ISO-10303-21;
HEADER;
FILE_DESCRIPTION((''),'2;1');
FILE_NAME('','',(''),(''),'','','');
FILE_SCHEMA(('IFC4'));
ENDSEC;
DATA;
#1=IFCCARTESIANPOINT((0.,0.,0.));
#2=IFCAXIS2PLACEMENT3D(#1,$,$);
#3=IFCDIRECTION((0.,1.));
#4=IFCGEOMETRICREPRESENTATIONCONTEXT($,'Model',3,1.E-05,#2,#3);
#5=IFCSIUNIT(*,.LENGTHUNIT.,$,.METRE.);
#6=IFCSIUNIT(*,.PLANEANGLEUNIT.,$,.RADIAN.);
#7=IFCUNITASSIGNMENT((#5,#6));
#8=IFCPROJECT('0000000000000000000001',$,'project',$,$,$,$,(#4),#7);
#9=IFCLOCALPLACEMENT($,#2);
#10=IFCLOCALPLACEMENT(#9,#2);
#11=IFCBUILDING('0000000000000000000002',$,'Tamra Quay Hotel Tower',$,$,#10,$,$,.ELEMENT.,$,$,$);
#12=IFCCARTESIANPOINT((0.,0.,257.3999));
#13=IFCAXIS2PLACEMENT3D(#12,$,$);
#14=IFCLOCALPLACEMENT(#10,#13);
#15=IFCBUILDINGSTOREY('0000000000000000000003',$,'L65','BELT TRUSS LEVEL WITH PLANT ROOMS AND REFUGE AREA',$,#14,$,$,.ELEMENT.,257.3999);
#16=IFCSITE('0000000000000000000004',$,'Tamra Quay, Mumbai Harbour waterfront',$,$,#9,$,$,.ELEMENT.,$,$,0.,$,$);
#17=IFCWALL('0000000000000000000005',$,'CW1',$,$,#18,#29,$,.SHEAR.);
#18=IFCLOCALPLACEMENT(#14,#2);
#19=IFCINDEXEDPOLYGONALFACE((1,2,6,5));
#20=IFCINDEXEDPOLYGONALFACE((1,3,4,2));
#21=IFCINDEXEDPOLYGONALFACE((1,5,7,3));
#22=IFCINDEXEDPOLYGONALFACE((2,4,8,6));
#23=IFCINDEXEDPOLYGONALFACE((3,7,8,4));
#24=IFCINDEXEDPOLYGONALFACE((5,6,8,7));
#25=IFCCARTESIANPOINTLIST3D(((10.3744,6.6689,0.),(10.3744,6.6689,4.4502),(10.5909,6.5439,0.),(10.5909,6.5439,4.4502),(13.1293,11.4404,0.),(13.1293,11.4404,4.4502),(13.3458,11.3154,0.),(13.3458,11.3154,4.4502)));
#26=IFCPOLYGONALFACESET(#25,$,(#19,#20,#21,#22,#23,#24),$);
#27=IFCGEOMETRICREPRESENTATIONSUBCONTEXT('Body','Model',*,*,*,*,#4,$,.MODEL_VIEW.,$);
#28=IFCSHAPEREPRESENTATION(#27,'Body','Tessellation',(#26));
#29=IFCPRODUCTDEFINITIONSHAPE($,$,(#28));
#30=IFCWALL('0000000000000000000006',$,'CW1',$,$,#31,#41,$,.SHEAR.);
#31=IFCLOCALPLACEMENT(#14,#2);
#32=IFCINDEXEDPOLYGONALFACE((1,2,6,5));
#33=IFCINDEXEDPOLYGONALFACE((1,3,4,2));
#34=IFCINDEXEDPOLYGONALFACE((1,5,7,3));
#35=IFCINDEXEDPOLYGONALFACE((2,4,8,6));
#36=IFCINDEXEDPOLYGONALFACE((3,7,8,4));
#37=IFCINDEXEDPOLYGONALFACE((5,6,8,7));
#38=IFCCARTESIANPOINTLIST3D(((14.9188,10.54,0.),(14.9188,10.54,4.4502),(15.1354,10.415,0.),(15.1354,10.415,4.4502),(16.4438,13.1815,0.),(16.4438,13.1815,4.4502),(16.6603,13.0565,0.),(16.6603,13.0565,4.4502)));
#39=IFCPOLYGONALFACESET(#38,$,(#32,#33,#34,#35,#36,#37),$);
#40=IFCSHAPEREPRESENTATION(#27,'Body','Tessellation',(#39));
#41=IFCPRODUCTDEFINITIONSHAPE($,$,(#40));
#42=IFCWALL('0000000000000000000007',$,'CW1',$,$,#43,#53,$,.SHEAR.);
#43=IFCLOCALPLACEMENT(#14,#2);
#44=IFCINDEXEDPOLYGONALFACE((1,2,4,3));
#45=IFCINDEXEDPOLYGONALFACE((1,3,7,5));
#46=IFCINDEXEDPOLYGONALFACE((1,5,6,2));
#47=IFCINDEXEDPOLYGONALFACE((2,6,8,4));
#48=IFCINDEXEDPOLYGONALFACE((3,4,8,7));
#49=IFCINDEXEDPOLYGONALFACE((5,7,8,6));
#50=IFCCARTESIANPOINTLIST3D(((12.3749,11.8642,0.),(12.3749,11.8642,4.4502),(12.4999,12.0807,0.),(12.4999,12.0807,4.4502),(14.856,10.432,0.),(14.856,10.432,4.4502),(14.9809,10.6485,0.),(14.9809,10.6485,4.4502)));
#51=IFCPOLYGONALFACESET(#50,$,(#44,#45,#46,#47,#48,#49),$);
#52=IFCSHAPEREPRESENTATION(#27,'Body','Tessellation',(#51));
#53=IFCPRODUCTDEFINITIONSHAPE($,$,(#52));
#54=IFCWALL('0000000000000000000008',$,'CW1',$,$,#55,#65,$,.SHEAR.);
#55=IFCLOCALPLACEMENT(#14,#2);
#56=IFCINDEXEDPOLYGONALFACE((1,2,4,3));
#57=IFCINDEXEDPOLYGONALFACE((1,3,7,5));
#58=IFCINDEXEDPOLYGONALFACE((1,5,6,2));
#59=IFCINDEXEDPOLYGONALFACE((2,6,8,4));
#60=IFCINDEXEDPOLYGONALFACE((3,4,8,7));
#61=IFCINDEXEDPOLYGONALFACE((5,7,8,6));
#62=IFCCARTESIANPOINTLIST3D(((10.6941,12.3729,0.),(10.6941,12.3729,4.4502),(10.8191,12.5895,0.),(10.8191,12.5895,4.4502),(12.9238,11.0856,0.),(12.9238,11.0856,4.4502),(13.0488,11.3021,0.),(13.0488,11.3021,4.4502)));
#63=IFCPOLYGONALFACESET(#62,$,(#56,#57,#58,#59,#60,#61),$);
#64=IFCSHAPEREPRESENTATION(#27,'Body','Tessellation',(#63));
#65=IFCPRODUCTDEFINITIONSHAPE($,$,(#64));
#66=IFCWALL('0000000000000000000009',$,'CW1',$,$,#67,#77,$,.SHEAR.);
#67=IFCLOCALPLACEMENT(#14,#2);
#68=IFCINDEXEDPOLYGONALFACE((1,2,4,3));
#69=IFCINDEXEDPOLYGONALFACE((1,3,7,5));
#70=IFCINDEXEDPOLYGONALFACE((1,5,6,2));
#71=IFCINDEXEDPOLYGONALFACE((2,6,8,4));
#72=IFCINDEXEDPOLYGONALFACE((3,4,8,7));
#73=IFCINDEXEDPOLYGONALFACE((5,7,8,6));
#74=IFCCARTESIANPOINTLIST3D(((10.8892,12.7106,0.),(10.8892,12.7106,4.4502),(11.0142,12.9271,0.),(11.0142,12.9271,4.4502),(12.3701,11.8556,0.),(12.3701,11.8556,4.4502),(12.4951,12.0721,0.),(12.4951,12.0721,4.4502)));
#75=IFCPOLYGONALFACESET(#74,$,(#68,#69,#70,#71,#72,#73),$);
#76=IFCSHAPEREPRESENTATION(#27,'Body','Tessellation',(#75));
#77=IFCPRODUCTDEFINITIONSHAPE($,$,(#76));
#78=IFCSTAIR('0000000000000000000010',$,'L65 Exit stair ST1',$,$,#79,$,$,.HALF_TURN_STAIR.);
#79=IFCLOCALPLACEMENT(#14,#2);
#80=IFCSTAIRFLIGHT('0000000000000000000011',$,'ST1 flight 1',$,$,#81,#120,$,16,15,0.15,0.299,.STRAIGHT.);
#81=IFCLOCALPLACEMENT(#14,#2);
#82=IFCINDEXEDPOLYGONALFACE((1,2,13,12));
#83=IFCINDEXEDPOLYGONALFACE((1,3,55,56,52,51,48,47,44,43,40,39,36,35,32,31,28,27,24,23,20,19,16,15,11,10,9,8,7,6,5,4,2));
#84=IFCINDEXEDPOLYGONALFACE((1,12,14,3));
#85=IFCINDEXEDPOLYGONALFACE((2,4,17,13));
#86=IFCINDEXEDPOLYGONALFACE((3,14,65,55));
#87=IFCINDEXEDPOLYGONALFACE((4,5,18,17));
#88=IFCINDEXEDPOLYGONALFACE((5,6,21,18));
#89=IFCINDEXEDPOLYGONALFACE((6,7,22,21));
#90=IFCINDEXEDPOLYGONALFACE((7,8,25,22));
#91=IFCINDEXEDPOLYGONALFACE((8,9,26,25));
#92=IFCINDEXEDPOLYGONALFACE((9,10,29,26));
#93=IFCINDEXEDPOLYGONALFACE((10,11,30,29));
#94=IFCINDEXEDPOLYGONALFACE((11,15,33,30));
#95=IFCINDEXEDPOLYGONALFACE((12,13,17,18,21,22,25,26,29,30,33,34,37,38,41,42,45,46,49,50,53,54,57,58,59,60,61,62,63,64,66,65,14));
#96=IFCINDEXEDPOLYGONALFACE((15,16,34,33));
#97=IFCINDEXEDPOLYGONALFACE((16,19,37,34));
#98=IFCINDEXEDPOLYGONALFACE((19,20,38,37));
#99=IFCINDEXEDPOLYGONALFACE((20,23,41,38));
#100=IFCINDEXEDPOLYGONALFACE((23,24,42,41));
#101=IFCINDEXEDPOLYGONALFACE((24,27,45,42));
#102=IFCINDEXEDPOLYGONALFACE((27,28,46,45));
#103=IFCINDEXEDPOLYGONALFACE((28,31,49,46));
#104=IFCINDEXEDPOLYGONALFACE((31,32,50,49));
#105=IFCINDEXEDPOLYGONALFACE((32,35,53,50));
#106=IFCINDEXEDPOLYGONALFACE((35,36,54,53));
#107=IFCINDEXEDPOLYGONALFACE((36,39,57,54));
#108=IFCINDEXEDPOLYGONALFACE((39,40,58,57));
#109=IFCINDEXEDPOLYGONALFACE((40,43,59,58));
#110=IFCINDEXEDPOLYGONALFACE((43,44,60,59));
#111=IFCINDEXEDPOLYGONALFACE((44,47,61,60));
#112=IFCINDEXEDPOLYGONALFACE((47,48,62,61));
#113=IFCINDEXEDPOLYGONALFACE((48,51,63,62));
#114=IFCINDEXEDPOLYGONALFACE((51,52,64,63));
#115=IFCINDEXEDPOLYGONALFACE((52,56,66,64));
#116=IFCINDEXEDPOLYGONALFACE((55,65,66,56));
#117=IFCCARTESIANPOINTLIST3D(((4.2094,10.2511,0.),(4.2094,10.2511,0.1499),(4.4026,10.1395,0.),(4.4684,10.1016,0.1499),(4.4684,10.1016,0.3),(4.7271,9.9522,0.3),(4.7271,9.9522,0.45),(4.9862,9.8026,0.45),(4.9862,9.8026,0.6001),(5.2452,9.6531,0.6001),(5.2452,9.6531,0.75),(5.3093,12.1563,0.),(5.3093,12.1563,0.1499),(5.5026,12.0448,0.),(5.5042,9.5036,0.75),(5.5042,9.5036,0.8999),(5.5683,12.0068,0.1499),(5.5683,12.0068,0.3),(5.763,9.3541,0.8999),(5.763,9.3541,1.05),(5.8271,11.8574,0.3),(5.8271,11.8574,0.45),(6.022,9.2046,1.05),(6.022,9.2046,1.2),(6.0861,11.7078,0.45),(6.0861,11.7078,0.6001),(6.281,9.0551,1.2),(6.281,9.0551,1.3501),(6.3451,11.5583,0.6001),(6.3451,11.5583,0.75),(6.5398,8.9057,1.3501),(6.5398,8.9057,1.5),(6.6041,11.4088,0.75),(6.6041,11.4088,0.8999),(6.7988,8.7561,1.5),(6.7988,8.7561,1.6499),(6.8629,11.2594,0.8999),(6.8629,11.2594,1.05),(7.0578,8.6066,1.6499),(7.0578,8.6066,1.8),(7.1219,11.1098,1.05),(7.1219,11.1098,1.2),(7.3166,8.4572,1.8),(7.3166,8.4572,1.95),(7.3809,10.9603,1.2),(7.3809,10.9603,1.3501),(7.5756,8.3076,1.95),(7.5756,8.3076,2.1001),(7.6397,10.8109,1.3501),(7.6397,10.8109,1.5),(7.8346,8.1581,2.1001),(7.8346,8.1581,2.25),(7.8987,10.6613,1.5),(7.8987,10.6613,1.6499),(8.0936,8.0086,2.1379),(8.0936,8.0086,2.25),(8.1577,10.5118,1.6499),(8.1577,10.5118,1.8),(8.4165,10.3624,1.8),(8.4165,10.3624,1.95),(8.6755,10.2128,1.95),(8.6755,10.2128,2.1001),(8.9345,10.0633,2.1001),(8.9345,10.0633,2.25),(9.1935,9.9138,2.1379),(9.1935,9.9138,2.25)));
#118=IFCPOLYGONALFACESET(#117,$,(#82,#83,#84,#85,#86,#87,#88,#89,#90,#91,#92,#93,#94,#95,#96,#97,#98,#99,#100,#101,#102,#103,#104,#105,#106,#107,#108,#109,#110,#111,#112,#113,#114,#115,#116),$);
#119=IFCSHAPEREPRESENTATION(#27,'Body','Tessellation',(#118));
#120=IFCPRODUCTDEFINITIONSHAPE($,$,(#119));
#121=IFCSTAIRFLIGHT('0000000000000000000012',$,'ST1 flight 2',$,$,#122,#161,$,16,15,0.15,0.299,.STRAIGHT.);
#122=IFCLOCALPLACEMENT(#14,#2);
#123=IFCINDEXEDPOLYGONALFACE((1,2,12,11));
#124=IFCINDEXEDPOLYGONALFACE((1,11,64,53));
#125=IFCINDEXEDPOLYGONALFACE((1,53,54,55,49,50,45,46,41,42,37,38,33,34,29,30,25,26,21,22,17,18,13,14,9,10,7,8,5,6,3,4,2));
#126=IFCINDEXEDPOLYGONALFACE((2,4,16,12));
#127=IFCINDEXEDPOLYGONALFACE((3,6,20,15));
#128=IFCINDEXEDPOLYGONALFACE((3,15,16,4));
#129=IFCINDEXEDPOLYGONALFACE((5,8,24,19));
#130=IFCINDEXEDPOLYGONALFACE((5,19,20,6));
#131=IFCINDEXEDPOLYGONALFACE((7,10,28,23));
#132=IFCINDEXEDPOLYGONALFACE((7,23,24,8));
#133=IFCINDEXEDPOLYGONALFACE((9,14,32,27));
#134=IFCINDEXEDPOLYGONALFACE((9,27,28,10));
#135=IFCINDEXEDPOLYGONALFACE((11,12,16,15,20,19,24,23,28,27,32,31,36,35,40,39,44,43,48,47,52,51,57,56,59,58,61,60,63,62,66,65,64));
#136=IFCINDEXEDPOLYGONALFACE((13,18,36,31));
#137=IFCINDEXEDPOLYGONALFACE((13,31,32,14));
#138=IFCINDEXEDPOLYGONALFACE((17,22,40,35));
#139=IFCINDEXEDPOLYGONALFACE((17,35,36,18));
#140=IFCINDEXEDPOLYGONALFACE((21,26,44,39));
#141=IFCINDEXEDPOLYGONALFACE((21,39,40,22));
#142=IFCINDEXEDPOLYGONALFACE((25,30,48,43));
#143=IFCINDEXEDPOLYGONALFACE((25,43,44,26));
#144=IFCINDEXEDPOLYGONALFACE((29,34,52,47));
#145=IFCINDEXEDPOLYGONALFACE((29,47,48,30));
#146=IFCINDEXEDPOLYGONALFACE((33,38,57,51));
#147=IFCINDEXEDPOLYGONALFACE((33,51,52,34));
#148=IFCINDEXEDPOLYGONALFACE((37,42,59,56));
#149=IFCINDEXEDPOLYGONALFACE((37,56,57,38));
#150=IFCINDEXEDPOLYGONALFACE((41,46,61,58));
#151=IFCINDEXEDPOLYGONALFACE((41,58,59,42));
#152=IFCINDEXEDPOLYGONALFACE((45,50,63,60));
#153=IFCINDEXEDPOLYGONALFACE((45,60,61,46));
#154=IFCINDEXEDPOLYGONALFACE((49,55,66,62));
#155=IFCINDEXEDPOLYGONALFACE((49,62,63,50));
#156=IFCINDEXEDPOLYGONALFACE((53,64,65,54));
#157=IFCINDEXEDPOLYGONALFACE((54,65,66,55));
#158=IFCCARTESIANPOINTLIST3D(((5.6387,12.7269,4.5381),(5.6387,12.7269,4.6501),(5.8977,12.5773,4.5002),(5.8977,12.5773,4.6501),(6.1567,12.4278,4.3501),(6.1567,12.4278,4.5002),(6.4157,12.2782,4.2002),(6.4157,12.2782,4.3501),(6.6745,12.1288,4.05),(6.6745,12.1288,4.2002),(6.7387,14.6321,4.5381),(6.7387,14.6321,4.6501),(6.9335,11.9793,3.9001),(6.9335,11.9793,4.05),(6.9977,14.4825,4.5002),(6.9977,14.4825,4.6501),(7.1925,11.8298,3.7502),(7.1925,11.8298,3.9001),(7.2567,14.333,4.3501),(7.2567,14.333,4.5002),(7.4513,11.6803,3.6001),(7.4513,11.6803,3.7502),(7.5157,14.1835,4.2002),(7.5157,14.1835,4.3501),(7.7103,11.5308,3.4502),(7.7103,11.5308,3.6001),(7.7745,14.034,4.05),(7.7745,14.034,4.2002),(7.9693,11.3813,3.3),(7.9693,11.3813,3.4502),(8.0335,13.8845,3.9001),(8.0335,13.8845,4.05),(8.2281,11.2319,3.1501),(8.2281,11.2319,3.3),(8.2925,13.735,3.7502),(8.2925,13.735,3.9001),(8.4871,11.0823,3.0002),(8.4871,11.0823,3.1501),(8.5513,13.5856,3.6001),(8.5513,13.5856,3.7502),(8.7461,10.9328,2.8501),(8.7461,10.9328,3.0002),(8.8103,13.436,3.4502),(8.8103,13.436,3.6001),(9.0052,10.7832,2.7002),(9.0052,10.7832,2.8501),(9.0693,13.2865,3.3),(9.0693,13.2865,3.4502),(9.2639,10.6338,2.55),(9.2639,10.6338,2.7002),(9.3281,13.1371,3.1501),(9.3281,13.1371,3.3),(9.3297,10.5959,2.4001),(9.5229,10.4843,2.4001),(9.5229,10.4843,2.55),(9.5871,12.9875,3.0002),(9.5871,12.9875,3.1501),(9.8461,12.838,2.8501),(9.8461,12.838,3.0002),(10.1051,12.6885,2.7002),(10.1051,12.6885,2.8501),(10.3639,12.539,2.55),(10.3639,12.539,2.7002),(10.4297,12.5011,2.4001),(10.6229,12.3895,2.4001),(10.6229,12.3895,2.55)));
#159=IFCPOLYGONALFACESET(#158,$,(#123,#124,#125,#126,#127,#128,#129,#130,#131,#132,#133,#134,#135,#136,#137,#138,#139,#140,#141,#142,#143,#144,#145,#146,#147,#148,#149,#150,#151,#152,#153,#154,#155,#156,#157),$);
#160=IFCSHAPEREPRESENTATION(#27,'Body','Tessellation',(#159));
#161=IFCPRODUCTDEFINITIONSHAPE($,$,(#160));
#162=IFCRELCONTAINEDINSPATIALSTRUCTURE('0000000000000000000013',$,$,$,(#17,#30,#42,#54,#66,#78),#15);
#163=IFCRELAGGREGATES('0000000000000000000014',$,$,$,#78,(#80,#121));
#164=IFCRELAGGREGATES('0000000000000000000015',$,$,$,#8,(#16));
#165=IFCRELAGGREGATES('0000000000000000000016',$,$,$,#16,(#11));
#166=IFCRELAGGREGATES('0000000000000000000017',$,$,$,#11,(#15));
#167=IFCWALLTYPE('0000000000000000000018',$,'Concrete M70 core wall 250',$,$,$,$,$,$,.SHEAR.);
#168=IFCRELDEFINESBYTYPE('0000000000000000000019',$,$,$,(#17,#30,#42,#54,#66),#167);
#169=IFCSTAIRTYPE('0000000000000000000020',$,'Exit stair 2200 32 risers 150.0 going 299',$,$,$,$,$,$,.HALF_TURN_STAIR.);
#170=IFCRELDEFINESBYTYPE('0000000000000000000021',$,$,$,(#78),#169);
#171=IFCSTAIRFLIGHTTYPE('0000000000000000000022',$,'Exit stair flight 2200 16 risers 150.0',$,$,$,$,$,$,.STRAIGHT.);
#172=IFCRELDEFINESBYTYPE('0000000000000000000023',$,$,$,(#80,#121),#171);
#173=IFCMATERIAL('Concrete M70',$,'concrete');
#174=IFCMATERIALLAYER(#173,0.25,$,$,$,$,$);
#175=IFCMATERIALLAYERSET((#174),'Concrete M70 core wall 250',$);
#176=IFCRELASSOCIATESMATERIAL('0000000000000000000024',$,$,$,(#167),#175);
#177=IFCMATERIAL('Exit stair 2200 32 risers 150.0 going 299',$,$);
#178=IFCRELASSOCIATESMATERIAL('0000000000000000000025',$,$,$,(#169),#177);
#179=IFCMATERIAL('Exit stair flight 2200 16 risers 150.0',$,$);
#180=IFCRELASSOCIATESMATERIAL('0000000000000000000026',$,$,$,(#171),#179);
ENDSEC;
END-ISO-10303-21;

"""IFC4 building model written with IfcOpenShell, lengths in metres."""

from ifc_helpers import new_model, si_unit, direction, frame, frame_2d, origin, place, context, subcontext, project, spatial, polyline, rectangle, outline, extrude, material, layer, layer_set, type_object, element, aggregate, save


model = new_model("IFC4")

# Units and contexts
model_context = context("Model", 3, precision=1e-05, world=origin(), true_north=direction((0.0, 1.0)))
body_context = subcontext(model_context, "Body", "Model", "MODEL_VIEW")
ifc_project = project(units=[si_unit("LENGTHUNIT", "METRE"), si_unit("PLANEANGLEUNIT", "RADIAN")], contexts=[model_context])

# Site, building, storey
site_placement = place(None, origin())
site = spatial("IfcSite", under=ifc_project, at=site_placement, Name="Tamra Quay, Mumbai Harbour waterfront", CompositionType="ELEMENT", RefElevation=0.0)
building_placement = place(site_placement, origin())
building = spatial("IfcBuilding", under=site, at=building_placement, Name="Tamra Quay Hotel Tower", CompositionType="ELEMENT")
storey_placement = place(building_placement, frame((0.0, 0.0, 257.3999)))
storey = spatial("IfcBuildingStorey", under=building, at=storey_placement, Name="L65", Description="BELT TRUSS LEVEL WITH PLANT ROOMS AND REFUGE AREA", CompositionType="ELEMENT", Elevation=257.3999)

# Walls
ifc_material_1 = material(Name="Concrete M70", Category="concrete")
ifc_layer_1 = layer(ifc_material_1, 0.25)
ifc_layer_set_1 = layer_set([ifc_layer_1], Name="Concrete M70 core wall 250")
wall_type_1 = type_object("IfcWallType", Name="Concrete M70 core wall 250", PredefinedType="SHEAR", material=ifc_layer_set_1)
wall_1_placement = place(storey_placement, frame((13.2375, 11.3779, 0.0), z_axis=(0.0, 0.0, 1.0), x_axis=(-0.500009, -0.86602, 0.0)))
element("IfcWall", 1, at=wall_1_placement, inside=storey, type_object=wall_type_1, Name="CW1", PredefinedType="SHEAR", context=body_context, shape_type="SweptSolid", body=[
    extrude(rectangle(XDim=5.5098, YDim=0.25, at=frame_2d((2.7549, 0.0))), origin(), (0.0, 0.0, 1.0), 4.4502),
])
wall_2_placement = place(storey_placement, frame((16.552, 13.1189, 0.0), z_axis=(0.0, 0.0, 1.0), x_axis=(-0.499979, -0.866038, 0.0)))
element("IfcWall", 2, at=wall_2_placement, inside=storey, type_object=wall_type_1, Name="CW1", PredefinedType="SHEAR", context=body_context, shape_type="SweptSolid", body=[
    extrude(rectangle(XDim=3.05, YDim=0.25, at=frame_2d((1.5249, 0.0))), origin(), (0.0, 0.0, 1.0), 4.4502),
])
wall_3_placement = place(storey_placement, frame((14.9185, 10.5403, 0.0), z_axis=(0.0, 0.0, 1.0), x_axis=(-0.866064, 0.499934, 0.0)))
element("IfcWall", 3, at=wall_3_placement, inside=storey, type_object=wall_type_1, Name="CW1", PredefinedType="SHEAR", context=body_context, shape_type="SweptSolid", body=[
    extrude(rectangle(XDim=2.8647, YDim=0.25, at=frame_2d((1.4324, 0.0))), origin(), (0.0, 0.0, 1.0), 4.4502),
])
wall_4_placement = place(storey_placement, frame((10.7566, 12.4812, 0.0), z_axis=(0.0, 0.0, 1.0), x_axis=(0.866023, -0.500004, 0.0)))
element("IfcWall", 4, at=wall_4_placement, inside=storey, type_object=wall_type_1, Name="CW1", PredefinedType="SHEAR", context=body_context, shape_type="SweptSolid", body=[
    extrude(rectangle(XDim=2.5747, YDim=0.25, at=frame_2d((1.2874, 0.0))), origin(), (0.0, 0.0, 1.0), 4.4502),
])
wall_5_placement = place(storey_placement, frame((12.4326, 11.9639, 0.0), z_axis=(0.0, 0.0, 1.0), x_axis=(-0.866038, 0.499978, 0.0)))
element("IfcWall", 5, at=wall_5_placement, inside=storey, type_object=wall_type_1, Name="CW1", PredefinedType="SHEAR", context=body_context, shape_type="SweptSolid", body=[
    extrude(rectangle(XDim=1.71, YDim=0.25, at=frame_2d((0.855, 0.0))), origin(), (0.0, 0.0, 1.0), 4.4502),
])

# Stair, stair flights
ifc_material_2 = material(Name="Exit stair 2200 32 risers 150.0 going 299")
stair_type = type_object("IfcStairType", Name="Exit stair 2200 32 risers 150.0 going 299", PredefinedType="HALF_TURN_STAIR", material=ifc_material_2)
stair_placement = place(storey_placement, origin())
stair = element("IfcStair", 6, at=stair_placement, inside=storey, type_object=stair_type, Name="L65 Exit stair ST1", PredefinedType="HALF_TURN_STAIR")
ifc_material_3 = material(Name="Exit stair flight 2200 16 risers 150.0")
stair_flight_type = type_object("IfcStairFlightType", Name="Exit stair flight 2200 16 risers 150.0", PredefinedType="STRAIGHT", material=ifc_material_3)
stair_flight_1_placement = place(storey_placement, frame((4.7593, 11.2036, 0.0), z_axis=(0.0, 0.0, 1.0), x_axis=(0.866025, -0.5, 0.0)))
stair_flight_1 = element("IfcStairFlight", 7, at=stair_flight_1_placement, type_object=stair_flight_type, Name="ST1 flight 1", NumberOfRisers=16, NumberOfTreads=15, PredefinedType="STRAIGHT", RiserHeight=0.15, TreadLength=0.299, context=body_context, shape_type="SweptSolid", body=[
    extrude(outline(polyline([(0.0, 0.0), (0.0, 0.1499), (0.2991, 0.1499), (0.2991, 0.3), (0.5979, 0.3), (0.5979, 0.45), (0.897, 0.45), (0.897, 0.6001), (1.196, 0.6001), (1.196, 0.75), (1.4951, 0.75), (1.4951, 0.8999), (1.7939, 0.8999), (1.7939, 1.05), (2.093, 1.05), (2.093, 1.2), (2.3921, 1.2), (2.3921, 1.3501), (2.6909, 1.3501), (2.6909, 1.5), (2.99, 1.5), (2.99, 1.6499), (3.2891, 1.6499), (3.2891, 1.8), (3.5879, 1.8), (3.5879, 1.95), (3.887, 1.95), (3.887, 2.1001), (4.186, 2.1001), (4.186, 2.25), (4.4851, 2.25), (4.4851, 2.3999), (4.4851, 2.1379), (0.2231, 0.0), (0.0, 0.0)])), frame((0.0, 1.1001, 0.0), z_axis=(0.0, -1.0, 0.0), x_axis=(1.0, 0.0, 0.0)), (0.0, 0.0, 1.0), 2.2),
])
stair_flight_2_placement = place(storey_placement, frame((10.073, 11.437, 2.4001), z_axis=(0.0, 0.0, 1.0), x_axis=(-0.866025, 0.5, 0.0)))
stair_flight_2 = element("IfcStairFlight", 8, at=stair_flight_2_placement, type_object=stair_flight_type, Name="ST1 flight 2", NumberOfRisers=16, NumberOfTreads=15, PredefinedType="STRAIGHT", RiserHeight=0.15, TreadLength=0.299, context=body_context, shape_type="SweptSolid", body=[
    extrude(outline(polyline([(0.0, 0.0), (0.0, 0.1499), (0.2991, 0.1499), (0.2991, 0.3), (0.5979, 0.3), (0.5979, 0.45), (0.897, 0.45), (0.897, 0.6001), (1.196, 0.6001), (1.196, 0.75), (1.4951, 0.75), (1.4951, 0.8999), (1.7939, 0.8999), (1.7939, 1.05), (2.093, 1.05), (2.093, 1.2), (2.3921, 1.2), (2.3921, 1.3501), (2.6909, 1.3501), (2.6909, 1.5), (2.99, 1.5), (2.99, 1.6499), (3.2891, 1.6499), (3.2891, 1.8), (3.5879, 1.8), (3.5879, 1.95), (3.887, 1.95), (3.887, 2.1001), (4.186, 2.1001), (4.186, 2.25), (4.4851, 2.25), (4.4851, 2.3999), (4.4851, 2.1379), (0.2231, 0.0), (0.0, 0.0)])), frame((0.0, 1.1001, 0.0), z_axis=(0.0, -1.0, 0.0), x_axis=(1.0, 0.0, 0.0)), (0.0, 0.0, 1.0), 2.2),
])
aggregate(stair, [stair_flight_1, stair_flight_2])

save(model, "model.ifc")
